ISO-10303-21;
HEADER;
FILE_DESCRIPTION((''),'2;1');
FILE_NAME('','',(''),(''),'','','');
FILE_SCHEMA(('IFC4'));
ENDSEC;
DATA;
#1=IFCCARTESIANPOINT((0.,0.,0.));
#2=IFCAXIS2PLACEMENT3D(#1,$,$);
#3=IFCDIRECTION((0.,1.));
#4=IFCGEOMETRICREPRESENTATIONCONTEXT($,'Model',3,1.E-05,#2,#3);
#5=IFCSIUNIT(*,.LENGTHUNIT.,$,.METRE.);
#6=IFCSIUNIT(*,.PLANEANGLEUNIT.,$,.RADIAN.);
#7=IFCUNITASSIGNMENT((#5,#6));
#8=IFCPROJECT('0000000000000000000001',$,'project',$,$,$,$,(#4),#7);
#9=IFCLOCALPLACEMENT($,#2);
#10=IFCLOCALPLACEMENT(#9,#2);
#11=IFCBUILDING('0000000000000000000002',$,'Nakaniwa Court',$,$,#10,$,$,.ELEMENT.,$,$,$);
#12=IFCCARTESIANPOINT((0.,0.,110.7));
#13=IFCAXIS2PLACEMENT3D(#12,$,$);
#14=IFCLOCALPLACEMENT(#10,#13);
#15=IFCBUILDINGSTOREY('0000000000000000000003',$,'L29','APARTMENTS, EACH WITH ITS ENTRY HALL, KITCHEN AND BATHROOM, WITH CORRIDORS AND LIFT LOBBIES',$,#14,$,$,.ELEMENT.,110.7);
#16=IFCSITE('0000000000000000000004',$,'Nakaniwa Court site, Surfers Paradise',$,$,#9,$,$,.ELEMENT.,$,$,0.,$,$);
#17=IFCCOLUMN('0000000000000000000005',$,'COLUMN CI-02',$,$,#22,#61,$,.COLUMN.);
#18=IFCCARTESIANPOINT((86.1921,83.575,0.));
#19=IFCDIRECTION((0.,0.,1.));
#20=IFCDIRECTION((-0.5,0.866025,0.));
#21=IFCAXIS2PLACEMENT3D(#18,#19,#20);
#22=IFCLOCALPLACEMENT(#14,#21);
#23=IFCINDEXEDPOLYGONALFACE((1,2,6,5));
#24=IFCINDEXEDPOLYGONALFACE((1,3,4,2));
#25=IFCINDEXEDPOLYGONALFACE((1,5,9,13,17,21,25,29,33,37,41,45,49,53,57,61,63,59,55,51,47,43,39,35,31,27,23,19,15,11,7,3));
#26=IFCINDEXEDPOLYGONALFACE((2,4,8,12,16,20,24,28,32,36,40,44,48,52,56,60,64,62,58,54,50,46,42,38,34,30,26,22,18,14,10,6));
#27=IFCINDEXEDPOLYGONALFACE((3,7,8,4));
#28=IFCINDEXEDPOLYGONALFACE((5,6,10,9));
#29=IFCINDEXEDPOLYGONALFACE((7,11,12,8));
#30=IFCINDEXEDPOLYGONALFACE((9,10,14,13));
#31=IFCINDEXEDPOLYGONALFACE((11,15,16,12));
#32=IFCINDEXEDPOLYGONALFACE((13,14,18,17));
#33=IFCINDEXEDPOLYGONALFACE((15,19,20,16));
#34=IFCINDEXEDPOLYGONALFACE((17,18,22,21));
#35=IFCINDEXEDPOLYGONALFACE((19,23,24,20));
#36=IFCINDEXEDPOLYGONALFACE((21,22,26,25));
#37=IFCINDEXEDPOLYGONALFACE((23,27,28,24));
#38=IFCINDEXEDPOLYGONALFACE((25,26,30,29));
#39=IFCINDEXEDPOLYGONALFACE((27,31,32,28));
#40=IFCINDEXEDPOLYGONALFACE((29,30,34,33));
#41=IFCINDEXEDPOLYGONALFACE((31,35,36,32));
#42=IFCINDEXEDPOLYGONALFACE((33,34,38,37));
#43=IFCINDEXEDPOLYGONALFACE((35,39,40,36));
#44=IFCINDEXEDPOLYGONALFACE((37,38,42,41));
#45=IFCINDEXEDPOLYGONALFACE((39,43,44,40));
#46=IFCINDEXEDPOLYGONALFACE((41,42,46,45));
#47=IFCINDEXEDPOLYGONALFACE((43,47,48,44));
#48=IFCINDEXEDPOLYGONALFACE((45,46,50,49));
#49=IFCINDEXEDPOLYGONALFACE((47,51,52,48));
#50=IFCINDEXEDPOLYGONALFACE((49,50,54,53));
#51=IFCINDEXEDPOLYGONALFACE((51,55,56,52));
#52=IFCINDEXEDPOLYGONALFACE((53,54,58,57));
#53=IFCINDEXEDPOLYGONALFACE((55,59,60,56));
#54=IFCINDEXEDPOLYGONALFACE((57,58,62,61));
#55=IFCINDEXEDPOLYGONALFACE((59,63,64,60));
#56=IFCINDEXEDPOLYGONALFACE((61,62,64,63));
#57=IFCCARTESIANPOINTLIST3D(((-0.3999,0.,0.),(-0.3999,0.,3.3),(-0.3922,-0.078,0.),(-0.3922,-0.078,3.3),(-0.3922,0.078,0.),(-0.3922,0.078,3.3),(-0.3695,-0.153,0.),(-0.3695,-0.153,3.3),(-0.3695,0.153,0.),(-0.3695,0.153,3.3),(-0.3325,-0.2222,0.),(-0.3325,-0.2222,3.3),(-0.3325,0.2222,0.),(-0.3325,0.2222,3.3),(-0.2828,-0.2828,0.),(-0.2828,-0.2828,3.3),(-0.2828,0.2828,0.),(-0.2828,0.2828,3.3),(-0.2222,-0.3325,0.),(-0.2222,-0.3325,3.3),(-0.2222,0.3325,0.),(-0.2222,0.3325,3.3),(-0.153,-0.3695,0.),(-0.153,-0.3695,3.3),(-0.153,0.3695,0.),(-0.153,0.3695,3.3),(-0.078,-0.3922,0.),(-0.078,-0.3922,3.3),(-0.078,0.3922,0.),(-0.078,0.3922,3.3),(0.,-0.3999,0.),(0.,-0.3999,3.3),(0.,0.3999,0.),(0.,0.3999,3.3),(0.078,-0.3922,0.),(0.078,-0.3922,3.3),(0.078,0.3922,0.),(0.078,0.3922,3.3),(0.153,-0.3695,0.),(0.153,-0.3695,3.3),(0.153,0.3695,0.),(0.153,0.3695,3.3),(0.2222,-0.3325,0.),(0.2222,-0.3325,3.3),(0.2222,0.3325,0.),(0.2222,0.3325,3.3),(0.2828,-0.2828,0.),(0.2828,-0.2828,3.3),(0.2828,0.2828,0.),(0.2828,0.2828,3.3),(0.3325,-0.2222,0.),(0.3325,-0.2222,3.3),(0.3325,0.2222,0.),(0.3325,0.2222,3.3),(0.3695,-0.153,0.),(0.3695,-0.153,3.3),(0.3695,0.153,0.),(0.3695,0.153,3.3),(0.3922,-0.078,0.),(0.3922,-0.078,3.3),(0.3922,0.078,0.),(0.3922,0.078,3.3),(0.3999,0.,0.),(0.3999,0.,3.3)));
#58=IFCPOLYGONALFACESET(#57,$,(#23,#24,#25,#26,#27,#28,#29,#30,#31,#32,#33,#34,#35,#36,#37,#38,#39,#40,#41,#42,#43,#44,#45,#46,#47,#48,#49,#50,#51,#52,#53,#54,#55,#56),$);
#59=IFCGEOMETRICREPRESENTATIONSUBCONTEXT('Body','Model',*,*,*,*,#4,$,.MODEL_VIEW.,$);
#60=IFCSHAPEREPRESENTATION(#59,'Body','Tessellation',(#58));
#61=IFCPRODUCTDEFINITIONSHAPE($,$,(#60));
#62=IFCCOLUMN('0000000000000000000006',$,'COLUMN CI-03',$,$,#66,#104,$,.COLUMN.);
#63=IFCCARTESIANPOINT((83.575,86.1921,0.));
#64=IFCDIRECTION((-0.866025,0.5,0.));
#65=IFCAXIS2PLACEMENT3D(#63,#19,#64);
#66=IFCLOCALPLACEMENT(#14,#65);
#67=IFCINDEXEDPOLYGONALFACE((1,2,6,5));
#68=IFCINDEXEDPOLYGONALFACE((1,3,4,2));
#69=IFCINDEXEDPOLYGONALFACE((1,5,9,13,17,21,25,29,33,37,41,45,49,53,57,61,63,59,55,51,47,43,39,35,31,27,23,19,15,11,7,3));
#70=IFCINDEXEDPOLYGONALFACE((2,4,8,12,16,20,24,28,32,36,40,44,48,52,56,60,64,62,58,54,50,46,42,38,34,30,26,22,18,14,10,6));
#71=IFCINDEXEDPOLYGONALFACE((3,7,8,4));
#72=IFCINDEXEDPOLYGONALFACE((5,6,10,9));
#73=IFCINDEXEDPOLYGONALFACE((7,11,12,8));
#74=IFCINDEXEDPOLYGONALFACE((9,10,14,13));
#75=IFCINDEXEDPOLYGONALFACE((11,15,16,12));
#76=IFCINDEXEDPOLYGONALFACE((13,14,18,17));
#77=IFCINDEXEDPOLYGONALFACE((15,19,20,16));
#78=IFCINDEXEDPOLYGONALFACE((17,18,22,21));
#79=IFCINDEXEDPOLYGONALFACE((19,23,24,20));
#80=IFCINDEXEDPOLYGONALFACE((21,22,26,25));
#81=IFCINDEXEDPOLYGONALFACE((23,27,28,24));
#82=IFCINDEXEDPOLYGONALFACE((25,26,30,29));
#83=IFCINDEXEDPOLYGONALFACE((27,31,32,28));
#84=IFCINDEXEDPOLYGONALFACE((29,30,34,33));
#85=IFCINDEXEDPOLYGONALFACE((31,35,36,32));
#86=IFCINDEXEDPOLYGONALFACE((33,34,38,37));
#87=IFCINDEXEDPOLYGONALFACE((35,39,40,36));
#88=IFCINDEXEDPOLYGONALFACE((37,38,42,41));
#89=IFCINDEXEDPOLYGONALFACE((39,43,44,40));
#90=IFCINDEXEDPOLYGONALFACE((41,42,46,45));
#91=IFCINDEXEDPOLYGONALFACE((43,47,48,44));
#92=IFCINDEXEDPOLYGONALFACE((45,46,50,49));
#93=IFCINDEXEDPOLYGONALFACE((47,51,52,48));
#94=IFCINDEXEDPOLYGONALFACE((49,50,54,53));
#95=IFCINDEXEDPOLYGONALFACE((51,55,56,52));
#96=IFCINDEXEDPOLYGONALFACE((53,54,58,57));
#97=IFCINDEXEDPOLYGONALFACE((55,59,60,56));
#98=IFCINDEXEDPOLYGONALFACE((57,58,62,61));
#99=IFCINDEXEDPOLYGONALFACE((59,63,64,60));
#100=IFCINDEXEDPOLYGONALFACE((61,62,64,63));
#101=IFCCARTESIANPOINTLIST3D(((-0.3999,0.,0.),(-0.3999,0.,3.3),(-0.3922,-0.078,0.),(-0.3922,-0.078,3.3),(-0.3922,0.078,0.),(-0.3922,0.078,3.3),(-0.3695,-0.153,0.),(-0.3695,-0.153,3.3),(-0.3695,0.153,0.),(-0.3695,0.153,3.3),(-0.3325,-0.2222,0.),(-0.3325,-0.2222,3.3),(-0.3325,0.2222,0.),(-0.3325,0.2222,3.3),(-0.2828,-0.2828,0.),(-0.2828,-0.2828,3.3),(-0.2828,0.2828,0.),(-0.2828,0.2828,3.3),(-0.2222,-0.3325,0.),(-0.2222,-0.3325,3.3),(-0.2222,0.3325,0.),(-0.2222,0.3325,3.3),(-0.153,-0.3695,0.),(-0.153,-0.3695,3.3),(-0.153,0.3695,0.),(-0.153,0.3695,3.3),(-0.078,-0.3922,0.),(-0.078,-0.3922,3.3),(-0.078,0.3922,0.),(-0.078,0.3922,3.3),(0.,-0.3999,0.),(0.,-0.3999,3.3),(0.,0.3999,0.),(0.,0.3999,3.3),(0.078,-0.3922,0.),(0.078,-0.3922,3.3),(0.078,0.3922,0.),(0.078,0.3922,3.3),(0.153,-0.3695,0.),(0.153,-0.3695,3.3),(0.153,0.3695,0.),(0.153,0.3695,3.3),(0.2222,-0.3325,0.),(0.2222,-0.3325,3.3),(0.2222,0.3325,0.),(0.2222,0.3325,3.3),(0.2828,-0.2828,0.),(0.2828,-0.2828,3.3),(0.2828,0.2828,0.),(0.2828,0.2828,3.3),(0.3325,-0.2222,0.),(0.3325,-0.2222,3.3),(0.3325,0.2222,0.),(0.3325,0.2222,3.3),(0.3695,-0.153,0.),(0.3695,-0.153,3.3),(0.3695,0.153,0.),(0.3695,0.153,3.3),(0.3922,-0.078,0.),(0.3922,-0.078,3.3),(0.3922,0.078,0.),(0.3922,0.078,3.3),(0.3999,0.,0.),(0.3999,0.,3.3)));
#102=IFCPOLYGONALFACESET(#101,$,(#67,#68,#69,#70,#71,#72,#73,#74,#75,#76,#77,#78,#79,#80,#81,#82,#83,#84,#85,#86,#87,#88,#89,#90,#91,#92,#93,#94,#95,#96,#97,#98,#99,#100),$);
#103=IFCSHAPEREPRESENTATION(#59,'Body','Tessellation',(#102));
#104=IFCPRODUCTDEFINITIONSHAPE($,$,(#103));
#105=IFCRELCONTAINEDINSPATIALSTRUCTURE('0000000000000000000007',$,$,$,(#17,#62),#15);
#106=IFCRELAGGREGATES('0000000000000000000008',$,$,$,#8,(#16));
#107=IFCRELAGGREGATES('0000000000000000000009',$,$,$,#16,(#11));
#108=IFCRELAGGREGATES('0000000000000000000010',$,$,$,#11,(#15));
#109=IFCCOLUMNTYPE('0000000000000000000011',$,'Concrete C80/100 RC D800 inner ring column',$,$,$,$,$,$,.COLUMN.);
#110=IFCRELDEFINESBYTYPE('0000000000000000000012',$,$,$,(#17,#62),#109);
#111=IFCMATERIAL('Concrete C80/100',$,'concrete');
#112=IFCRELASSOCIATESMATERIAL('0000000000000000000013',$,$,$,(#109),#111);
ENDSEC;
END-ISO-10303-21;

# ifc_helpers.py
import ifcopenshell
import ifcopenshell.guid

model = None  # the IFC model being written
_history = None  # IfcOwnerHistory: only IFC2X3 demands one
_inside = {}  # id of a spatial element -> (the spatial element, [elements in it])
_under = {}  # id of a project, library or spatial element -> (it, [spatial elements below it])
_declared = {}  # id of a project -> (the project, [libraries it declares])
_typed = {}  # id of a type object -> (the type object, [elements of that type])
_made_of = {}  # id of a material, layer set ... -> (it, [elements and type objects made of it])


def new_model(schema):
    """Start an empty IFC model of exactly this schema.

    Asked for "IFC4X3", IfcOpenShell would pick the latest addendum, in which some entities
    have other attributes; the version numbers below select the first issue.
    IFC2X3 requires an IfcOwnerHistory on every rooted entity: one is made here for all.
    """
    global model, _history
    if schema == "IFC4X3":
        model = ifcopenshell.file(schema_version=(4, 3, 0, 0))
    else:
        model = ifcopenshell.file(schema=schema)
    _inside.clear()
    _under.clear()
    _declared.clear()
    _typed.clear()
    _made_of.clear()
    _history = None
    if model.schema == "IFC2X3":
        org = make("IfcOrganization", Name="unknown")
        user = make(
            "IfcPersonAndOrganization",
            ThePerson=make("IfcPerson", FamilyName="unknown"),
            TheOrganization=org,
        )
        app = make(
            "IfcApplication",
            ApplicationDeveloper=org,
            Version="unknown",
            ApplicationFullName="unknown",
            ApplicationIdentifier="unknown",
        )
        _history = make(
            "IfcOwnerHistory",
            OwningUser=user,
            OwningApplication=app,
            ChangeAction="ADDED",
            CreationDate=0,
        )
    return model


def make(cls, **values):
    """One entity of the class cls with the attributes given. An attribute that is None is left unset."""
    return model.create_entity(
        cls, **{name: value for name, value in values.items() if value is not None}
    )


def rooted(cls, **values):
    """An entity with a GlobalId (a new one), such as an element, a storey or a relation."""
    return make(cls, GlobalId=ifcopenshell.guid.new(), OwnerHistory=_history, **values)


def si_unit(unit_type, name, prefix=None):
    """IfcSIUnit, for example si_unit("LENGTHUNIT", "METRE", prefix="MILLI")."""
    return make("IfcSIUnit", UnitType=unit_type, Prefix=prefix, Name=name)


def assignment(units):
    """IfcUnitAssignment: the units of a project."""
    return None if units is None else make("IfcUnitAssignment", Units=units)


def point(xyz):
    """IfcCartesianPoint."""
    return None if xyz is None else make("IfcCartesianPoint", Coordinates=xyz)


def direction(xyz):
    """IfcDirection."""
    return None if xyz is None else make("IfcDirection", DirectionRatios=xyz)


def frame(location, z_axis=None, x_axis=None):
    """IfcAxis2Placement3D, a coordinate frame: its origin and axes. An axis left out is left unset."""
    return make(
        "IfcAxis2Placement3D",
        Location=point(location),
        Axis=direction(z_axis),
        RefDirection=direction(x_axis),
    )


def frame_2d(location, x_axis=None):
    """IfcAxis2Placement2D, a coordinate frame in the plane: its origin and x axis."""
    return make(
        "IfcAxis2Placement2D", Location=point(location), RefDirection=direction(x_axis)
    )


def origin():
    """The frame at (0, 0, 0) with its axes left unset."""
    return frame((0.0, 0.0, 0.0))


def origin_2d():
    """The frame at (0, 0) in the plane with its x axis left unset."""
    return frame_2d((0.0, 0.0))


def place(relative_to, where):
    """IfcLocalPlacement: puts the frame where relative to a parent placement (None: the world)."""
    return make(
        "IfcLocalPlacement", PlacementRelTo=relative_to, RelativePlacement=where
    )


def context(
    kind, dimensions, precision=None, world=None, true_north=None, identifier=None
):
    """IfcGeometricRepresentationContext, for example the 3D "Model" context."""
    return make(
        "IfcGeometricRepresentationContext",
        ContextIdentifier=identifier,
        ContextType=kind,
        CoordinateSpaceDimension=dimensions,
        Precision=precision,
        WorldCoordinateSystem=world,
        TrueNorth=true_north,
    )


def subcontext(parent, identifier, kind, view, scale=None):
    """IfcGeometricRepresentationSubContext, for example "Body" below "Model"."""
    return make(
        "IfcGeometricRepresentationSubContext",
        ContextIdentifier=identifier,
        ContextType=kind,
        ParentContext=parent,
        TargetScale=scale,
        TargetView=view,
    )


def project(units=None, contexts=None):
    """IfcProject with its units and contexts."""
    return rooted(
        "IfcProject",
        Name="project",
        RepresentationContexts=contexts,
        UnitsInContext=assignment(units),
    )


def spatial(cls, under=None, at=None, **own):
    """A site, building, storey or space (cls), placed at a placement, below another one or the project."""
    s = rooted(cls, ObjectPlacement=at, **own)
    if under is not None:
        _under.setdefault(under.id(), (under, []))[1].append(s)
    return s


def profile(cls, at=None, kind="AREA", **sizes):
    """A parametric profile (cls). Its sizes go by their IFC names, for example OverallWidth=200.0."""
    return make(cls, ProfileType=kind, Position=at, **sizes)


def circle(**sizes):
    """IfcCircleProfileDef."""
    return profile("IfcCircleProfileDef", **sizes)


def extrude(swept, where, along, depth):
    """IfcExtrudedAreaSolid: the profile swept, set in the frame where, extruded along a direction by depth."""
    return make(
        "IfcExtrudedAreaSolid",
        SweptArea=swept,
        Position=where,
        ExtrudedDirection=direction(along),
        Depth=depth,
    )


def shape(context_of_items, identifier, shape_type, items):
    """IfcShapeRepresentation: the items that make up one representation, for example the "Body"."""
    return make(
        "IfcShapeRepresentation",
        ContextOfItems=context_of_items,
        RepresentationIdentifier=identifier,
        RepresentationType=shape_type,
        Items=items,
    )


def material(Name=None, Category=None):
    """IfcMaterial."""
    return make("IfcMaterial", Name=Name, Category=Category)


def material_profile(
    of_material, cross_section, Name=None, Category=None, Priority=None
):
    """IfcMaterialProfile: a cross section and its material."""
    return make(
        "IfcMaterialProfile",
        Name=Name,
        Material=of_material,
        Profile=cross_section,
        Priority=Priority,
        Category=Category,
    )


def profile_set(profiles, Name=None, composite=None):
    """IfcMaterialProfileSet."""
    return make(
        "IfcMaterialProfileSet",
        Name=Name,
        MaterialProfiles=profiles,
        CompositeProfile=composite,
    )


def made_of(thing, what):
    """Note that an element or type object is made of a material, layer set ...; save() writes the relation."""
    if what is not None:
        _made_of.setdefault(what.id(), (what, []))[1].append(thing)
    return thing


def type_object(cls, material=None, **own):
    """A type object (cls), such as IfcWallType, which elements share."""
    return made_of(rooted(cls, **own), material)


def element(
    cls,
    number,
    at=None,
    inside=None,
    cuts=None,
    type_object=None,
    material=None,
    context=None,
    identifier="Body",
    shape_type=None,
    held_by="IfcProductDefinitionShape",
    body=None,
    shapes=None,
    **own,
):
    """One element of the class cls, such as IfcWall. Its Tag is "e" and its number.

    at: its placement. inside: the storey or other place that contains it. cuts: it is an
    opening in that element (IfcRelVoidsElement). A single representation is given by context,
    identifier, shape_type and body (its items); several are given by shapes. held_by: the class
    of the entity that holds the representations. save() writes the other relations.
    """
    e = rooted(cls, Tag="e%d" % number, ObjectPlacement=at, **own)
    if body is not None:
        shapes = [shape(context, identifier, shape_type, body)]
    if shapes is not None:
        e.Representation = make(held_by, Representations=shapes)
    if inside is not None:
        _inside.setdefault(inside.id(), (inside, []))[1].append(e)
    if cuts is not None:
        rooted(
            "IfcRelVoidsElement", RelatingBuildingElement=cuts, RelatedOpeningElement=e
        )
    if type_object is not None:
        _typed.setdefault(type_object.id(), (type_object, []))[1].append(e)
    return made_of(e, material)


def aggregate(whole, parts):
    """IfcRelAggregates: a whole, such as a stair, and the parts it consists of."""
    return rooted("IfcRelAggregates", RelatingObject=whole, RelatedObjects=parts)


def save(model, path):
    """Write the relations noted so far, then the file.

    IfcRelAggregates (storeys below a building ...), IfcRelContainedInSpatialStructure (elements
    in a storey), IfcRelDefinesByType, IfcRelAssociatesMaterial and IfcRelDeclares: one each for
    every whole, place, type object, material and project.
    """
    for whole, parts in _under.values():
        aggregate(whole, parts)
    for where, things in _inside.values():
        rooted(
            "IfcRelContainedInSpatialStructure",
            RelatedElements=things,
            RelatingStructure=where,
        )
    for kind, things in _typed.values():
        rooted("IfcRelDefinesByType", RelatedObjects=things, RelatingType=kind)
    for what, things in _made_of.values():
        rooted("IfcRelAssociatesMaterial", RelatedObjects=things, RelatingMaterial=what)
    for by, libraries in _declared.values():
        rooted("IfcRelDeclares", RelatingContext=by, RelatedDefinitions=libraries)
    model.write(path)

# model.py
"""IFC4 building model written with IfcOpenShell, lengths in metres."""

from ifc_helpers import new_model, si_unit, direction, frame, origin, origin_2d, place, context, subcontext, project, spatial, circle, extrude, material, material_profile, profile_set, type_object, element, save


model = new_model("IFC4")

# Units and contexts
model_context = context("Model", 3, precision=1e-05, world=origin(), true_north=direction((0.0, 1.0)))
body_context = subcontext(model_context, "Body", "Model", "MODEL_VIEW")
ifc_project = project(units=[si_unit("LENGTHUNIT", "METRE"), si_unit("PLANEANGLEUNIT", "RADIAN")], contexts=[model_context])

# Site, building, storey
site_placement = place(None, origin())
site = spatial("IfcSite", under=ifc_project, at=site_placement, Name="Nakaniwa Court site, Surfers Paradise", CompositionType="ELEMENT", RefElevation=0.0)
building_placement = place(site_placement, origin())
building = spatial("IfcBuilding", under=site, at=building_placement, Name="Nakaniwa Court", CompositionType="ELEMENT")
storey_placement = place(building_placement, frame((0.0, 0.0, 110.7)))
storey = spatial("IfcBuildingStorey", under=building, at=storey_placement, Name="L29", Description="APARTMENTS, EACH WITH ITS ENTRY HALL, KITCHEN AND BATHROOM, WITH CORRIDORS AND LIFT LOBBIES", CompositionType="ELEMENT", Elevation=110.7)

# Columns
ifc_material_1 = material(Name="Concrete C80/100", Category="concrete")
ifc_material_profile_1 = material_profile(ifc_material_1, circle(Radius=0.3999, at=origin_2d()), Name="Concrete C80/100 RC D800 inner ring column")
ifc_profile_set_1 = profile_set([ifc_material_profile_1], Name="Concrete C80/100")
column_type = type_object("IfcColumnType", Name="Concrete C80/100 RC D800 inner ring column", PredefinedType="COLUMN", material=ifc_profile_set_1)
for number, where, z_axis, x_axis, name in (
    (1, (86.1921, 83.575, 0.0), (0.0, 0.0, 1.0), (-0.5, 0.866025, 0.0), "COLUMN CI-02"),
    (2, (83.575, 86.1921, 0.0), (0.0, 0.0, 1.0), (-0.866025, 0.5, 0.0), "COLUMN CI-03"),
):
    element("IfcColumn", number, at=place(storey_placement, frame(where, z_axis=z_axis, x_axis=x_axis)), inside=storey, type_object=column_type, Name=name, PredefinedType="COLUMN", context=body_context, shape_type="SweptSolid", body=[
        extrude(circle(Radius=0.3999, at=origin_2d()), origin(), (0.0, 0.0, 1.0), 3.3),
    ])

save(model, "model.ifc")
